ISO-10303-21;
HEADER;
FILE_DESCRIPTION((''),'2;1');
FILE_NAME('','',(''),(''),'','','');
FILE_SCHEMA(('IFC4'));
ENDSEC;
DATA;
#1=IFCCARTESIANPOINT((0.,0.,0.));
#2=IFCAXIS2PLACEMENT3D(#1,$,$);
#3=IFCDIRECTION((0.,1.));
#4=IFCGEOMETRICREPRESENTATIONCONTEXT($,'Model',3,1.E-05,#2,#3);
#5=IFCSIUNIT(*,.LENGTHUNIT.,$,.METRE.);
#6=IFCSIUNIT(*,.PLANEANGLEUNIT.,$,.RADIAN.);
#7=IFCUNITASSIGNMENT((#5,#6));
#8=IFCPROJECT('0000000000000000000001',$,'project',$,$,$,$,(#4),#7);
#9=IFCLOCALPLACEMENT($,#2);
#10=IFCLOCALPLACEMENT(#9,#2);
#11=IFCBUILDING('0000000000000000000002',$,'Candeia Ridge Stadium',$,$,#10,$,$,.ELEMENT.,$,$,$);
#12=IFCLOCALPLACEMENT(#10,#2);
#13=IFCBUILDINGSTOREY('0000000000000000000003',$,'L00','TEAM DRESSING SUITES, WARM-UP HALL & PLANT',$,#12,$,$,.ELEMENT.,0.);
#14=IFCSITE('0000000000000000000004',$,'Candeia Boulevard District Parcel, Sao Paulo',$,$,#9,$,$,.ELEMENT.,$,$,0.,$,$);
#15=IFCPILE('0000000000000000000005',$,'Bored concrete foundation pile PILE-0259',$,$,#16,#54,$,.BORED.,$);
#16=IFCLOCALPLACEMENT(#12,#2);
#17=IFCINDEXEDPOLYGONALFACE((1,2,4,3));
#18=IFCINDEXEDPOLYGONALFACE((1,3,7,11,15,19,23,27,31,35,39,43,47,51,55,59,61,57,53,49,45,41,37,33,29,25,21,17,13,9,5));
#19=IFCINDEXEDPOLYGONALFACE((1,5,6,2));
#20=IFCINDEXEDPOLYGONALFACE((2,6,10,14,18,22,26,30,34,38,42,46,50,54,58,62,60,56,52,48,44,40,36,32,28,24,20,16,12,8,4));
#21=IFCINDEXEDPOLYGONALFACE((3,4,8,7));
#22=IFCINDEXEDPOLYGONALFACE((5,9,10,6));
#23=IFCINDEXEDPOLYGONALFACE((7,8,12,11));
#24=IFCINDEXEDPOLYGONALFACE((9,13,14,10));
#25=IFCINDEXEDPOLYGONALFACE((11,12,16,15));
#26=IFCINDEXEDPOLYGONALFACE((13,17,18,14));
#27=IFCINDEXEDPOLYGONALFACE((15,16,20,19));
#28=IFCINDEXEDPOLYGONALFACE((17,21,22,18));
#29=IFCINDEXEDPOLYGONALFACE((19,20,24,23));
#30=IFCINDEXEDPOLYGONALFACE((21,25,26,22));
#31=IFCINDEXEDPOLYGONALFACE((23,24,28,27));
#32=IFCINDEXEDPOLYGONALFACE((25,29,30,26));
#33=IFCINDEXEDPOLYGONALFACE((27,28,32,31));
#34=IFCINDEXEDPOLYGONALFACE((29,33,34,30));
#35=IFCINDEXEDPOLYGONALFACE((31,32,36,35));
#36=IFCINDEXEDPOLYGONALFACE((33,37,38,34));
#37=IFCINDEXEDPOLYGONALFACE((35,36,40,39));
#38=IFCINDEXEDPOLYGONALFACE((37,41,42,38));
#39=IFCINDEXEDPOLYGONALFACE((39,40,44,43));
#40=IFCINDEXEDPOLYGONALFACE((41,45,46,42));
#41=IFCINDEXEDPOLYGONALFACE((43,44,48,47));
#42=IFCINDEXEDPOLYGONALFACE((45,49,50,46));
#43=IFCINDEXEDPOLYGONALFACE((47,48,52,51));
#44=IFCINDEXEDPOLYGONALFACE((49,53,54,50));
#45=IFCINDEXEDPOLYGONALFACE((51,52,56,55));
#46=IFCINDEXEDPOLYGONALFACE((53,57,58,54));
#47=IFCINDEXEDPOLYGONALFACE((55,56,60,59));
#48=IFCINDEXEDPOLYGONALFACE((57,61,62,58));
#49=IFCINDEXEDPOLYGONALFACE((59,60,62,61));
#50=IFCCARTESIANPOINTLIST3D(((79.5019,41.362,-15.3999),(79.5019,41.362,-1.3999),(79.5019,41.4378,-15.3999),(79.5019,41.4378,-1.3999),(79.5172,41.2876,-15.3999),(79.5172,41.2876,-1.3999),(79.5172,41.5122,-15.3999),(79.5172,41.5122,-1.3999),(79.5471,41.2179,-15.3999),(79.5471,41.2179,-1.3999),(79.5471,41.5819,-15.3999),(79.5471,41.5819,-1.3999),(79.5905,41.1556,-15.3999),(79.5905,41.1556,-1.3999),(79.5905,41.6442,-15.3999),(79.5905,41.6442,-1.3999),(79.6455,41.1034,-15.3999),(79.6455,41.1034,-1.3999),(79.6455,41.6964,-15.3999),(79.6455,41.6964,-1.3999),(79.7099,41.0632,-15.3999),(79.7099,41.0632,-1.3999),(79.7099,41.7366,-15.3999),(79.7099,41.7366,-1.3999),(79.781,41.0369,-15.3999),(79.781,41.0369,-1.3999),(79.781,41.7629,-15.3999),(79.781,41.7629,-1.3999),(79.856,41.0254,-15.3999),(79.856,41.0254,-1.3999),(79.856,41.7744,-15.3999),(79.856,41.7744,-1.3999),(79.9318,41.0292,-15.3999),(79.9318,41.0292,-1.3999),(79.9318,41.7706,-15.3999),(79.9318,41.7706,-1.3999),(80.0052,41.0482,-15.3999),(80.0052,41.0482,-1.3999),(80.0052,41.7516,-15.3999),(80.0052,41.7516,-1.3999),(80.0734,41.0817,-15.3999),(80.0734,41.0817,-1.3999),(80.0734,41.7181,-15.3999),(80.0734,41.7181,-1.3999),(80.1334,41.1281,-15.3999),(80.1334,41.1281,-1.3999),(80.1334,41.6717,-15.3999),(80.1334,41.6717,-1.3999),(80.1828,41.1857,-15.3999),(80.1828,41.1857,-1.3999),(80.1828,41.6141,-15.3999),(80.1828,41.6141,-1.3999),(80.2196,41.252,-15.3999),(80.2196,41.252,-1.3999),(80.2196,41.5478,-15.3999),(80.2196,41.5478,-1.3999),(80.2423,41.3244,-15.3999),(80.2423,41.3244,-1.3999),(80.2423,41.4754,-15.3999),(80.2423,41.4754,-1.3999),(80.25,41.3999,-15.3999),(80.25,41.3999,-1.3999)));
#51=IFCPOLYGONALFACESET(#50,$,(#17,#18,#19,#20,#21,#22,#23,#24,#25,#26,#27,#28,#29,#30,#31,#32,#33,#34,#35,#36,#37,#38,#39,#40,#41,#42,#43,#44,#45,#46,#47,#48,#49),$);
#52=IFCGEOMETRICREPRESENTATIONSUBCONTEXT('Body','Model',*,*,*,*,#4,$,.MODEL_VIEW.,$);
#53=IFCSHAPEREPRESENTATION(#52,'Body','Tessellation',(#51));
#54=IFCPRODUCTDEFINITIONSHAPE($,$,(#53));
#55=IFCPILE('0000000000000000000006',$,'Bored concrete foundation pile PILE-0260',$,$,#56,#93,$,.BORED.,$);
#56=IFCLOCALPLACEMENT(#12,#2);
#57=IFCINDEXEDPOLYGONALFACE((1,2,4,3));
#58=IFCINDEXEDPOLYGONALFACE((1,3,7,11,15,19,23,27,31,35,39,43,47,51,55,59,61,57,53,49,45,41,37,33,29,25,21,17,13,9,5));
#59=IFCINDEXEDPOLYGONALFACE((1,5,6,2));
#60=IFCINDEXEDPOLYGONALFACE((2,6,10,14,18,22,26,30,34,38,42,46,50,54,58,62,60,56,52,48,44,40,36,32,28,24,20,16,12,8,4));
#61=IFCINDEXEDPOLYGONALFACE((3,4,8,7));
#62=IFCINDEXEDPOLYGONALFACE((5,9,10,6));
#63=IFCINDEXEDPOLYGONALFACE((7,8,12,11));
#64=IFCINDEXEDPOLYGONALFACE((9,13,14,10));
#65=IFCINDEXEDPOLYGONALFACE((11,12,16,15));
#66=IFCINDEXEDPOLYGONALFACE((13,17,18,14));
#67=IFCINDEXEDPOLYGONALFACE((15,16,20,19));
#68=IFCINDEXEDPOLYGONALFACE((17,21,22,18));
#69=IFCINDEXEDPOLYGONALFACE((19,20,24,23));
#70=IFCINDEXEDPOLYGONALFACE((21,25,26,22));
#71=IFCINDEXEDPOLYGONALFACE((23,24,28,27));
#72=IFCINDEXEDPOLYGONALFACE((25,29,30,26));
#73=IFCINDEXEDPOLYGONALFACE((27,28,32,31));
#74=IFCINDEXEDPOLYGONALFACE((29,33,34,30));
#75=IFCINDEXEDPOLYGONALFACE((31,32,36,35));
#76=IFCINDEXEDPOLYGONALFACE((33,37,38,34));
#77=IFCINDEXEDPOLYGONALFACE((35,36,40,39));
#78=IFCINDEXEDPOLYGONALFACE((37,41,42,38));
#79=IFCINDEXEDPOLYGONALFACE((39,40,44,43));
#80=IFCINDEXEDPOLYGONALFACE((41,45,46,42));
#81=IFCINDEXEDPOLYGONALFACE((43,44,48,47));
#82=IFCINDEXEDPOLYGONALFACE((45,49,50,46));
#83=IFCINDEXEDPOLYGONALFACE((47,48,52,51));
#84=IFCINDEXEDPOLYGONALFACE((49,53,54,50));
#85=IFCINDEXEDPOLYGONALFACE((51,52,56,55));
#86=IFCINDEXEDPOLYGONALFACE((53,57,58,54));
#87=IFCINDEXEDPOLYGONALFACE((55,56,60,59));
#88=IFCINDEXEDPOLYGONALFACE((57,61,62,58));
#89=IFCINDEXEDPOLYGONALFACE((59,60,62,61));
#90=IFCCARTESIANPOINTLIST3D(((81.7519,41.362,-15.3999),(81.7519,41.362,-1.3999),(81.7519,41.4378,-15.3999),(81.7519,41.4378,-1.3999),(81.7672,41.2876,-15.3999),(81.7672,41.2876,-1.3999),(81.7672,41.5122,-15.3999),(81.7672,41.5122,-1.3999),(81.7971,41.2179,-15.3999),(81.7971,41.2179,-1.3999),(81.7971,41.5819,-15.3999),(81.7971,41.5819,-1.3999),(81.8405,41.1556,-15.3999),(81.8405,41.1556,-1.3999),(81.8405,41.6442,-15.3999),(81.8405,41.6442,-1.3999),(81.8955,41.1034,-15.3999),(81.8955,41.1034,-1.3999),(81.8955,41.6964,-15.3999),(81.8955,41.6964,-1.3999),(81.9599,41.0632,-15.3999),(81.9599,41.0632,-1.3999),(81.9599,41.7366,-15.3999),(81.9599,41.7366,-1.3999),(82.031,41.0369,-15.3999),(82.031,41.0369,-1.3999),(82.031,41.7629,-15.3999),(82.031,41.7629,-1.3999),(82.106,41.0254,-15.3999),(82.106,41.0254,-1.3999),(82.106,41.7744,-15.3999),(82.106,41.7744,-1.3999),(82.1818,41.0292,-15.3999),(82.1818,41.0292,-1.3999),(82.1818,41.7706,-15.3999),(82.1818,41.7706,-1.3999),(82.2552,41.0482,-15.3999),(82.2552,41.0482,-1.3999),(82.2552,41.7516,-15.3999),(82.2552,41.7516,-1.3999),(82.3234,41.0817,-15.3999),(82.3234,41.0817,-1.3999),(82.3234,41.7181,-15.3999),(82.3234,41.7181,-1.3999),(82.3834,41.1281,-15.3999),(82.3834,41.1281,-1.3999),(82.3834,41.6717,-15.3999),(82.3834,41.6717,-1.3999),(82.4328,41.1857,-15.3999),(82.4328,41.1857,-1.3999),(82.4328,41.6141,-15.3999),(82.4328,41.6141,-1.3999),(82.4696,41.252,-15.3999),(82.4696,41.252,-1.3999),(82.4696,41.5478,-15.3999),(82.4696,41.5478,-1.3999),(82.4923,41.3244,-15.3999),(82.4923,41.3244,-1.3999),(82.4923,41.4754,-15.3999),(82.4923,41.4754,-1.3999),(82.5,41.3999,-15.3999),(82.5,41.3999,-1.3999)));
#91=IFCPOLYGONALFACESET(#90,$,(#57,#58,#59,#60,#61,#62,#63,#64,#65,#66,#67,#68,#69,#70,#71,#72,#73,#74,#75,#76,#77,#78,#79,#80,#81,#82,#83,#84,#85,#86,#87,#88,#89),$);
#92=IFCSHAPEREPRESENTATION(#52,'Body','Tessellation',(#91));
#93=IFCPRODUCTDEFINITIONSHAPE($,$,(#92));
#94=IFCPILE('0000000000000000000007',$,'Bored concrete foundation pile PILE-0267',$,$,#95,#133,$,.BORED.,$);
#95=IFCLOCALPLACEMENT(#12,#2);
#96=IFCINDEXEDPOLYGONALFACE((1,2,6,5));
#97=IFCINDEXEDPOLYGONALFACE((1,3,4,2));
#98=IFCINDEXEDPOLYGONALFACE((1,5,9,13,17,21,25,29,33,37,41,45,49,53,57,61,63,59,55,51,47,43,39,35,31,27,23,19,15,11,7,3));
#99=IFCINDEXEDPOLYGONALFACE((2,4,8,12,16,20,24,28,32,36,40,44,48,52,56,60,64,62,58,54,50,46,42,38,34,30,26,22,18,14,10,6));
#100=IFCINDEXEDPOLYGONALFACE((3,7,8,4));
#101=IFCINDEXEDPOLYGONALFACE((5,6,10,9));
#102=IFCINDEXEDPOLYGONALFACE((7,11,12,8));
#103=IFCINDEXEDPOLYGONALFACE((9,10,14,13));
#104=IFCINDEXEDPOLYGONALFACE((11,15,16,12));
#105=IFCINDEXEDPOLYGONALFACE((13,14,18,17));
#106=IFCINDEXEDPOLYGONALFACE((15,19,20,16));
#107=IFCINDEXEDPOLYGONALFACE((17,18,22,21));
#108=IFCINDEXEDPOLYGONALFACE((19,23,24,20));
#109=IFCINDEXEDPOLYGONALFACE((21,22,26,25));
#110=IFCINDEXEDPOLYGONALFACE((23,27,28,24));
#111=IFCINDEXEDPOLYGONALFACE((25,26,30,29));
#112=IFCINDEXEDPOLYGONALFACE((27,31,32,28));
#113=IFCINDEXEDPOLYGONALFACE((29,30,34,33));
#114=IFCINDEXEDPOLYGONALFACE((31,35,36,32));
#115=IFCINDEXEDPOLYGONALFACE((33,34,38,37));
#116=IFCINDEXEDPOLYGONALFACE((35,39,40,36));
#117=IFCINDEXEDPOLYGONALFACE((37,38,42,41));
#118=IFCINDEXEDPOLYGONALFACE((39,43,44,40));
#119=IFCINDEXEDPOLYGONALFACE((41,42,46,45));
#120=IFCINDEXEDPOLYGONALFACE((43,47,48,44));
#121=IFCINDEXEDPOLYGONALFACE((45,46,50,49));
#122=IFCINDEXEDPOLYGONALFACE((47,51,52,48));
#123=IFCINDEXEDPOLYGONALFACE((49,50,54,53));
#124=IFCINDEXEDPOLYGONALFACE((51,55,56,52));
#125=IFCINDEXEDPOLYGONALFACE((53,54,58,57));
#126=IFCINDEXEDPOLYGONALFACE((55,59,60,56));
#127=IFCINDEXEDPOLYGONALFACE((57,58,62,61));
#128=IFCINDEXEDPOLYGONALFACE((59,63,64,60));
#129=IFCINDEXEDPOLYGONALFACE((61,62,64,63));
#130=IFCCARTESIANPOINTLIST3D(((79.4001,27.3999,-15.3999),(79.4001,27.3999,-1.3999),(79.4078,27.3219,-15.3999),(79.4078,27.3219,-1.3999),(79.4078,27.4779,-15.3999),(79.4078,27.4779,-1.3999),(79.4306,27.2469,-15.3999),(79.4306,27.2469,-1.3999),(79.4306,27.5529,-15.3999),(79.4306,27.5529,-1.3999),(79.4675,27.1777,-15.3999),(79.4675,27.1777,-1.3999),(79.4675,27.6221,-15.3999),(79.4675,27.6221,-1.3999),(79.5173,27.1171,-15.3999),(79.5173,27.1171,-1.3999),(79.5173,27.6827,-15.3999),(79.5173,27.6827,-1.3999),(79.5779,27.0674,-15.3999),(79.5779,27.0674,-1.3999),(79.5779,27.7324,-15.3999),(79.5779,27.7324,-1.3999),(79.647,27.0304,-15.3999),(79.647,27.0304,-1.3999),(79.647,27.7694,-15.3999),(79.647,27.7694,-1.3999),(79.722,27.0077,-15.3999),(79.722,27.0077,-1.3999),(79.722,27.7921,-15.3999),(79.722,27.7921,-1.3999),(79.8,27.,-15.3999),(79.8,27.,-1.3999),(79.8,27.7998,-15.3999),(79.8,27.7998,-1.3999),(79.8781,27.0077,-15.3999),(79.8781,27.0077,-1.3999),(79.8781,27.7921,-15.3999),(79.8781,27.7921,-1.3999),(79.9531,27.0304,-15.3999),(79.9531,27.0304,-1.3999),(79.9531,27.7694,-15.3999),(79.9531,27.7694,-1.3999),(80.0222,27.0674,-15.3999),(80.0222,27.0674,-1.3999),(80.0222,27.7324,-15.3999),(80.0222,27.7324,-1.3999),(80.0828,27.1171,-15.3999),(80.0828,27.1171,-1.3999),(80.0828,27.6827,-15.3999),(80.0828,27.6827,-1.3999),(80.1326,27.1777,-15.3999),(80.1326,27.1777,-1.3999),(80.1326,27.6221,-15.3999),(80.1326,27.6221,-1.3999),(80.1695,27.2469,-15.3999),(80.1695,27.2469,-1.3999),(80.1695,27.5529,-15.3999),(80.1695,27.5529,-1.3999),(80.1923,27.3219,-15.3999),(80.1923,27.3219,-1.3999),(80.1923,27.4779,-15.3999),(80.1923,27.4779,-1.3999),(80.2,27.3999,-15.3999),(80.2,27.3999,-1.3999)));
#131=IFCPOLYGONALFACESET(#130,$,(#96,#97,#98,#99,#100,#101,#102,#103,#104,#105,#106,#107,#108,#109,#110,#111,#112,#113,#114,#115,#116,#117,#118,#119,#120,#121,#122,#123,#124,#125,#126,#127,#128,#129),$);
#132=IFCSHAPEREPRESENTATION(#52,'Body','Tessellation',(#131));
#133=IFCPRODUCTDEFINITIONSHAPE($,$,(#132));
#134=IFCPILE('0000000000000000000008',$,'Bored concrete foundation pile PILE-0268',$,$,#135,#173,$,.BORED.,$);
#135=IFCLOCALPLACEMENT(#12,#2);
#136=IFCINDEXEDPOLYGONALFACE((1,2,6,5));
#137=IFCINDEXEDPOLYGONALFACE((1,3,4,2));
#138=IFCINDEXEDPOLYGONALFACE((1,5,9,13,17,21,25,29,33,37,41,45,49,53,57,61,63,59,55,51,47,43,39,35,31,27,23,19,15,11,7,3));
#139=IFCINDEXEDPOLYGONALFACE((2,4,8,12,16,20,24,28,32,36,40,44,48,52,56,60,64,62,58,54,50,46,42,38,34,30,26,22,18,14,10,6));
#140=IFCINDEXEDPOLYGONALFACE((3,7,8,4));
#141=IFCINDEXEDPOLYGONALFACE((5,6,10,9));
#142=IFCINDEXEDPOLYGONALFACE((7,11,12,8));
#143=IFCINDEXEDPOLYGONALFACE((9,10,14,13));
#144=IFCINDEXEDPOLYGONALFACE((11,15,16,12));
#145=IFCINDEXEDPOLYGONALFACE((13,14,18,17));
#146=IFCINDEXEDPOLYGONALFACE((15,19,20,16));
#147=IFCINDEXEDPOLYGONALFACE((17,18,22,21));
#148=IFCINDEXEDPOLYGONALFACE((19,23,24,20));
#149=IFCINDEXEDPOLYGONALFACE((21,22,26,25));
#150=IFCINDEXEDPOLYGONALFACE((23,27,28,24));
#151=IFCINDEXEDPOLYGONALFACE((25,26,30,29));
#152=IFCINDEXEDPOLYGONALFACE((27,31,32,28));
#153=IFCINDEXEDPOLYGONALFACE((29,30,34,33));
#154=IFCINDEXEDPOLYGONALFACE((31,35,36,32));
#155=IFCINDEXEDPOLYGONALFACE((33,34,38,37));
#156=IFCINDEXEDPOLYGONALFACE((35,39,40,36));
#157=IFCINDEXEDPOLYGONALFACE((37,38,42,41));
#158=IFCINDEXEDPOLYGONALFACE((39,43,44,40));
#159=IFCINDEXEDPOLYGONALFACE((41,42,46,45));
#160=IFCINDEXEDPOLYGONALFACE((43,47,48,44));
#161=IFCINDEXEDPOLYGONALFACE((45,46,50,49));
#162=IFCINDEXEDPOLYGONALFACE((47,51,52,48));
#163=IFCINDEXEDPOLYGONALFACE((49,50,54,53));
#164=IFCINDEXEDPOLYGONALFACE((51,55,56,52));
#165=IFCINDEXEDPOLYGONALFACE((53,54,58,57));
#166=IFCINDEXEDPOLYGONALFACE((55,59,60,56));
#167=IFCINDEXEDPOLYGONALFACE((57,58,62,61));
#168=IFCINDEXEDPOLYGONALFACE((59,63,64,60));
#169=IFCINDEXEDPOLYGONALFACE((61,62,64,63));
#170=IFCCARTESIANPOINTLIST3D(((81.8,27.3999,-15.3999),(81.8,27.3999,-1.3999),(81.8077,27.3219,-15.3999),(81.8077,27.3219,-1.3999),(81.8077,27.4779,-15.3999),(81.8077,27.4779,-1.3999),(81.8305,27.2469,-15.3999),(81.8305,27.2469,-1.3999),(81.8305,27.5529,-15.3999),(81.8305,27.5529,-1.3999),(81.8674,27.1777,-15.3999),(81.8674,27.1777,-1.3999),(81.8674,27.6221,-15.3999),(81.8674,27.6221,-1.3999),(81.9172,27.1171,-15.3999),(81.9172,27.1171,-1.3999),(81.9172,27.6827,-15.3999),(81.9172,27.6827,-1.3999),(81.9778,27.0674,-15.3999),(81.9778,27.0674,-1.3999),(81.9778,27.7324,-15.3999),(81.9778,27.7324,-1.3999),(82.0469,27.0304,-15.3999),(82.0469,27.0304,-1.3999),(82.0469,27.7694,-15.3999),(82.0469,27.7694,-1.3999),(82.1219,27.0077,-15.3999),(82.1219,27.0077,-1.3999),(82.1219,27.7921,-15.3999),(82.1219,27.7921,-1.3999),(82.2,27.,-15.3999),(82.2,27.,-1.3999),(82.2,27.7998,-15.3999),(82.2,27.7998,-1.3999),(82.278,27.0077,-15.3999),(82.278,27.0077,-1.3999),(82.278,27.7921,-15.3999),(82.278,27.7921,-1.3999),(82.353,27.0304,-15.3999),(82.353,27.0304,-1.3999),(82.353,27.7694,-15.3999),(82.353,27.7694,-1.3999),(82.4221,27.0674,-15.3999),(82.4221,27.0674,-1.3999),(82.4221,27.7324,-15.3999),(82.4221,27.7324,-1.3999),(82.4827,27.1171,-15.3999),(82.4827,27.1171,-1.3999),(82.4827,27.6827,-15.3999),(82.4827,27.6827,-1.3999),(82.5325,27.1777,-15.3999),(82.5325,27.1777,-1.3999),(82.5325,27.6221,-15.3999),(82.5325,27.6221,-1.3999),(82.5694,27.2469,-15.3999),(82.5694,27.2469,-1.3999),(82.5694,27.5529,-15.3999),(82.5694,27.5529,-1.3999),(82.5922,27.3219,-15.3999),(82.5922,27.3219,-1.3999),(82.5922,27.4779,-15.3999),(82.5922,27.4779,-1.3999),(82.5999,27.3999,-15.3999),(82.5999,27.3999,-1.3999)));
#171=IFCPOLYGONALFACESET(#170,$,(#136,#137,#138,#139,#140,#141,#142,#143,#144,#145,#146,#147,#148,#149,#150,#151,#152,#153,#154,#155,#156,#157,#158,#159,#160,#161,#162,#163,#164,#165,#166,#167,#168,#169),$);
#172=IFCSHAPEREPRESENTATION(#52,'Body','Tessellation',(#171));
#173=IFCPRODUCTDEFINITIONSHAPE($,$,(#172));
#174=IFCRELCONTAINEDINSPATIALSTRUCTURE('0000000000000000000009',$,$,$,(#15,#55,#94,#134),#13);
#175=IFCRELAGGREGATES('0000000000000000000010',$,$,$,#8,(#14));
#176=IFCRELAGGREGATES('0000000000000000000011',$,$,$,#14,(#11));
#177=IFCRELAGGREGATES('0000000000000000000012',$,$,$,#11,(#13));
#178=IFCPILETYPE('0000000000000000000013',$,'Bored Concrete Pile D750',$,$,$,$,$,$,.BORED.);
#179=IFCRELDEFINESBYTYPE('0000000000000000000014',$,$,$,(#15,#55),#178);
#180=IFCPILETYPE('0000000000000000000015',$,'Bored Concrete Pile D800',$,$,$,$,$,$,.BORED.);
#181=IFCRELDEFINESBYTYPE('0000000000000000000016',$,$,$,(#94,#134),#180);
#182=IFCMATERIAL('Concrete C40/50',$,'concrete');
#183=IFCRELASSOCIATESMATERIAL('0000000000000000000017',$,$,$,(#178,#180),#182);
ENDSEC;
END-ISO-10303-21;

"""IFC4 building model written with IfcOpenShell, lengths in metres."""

from ifc_helpers import new_model, si_unit, direction, frame, origin, origin_2d, place, context, subcontext, project, spatial, circle, extrude, material, material_profile, profile_set, type_object, element, save


model = new_model("IFC4")

# Units and contexts
model_context = context("Model", 3, precision=1e-05, world=origin(), true_north=direction((0.0, 1.0)))
body_context = subcontext(model_context, "Body", "Model", "MODEL_VIEW")
ifc_project = project(units=[si_unit("LENGTHUNIT", "METRE"), si_unit("PLANEANGLEUNIT", "RADIAN")], contexts=[model_context])

# Site, building, storey
site_placement = place(None, origin())
site = spatial("IfcSite", under=ifc_project, at=site_placement, Name="Candeia Boulevard District Parcel, Sao Paulo", CompositionType="ELEMENT", RefElevation=0.0)
building_placement = place(site_placement, origin())
building = spatial("IfcBuilding", under=site, at=building_placement, Name="Candeia Ridge Stadium", CompositionType="ELEMENT")
storey_placement = place(building_placement, origin())
storey = spatial("IfcBuildingStorey", under=building, at=storey_placement, Name="L00", Description="TEAM DRESSING SUITES, WARM-UP HALL & PLANT", CompositionType="ELEMENT", Elevation=0.0)

# Piles
ifc_material_1 = material(Name="Concrete C40/50", Category="concrete")
ifc_material_profile_1 = material_profile(ifc_material_1, circle(Radius=0.375, at=origin_2d()), Name="PILE-D750", Category="concrete")
ifc_profile_set_1 = profile_set([ifc_material_profile_1], Name="Concrete C40/50")
pile_type_1 = type_object("IfcPileType", Name="Bored Concrete Pile D750", PredefinedType="BORED", material=ifc_profile_set_1)
for number, where, z_axis, x_axis, name in (
    (1, (79.875, 41.3999, -1.3999), (0.0, 0.0, -1.0), (1.0, 0.0, 0.0), "Bored concrete foundation pile PILE-0259"),
    (2, (82.125, 41.3999, -1.3999), (0.0, 0.0, -1.0), (1.0, 0.0, 0.0), "Bored concrete foundation pile PILE-0260"),
):
    element("IfcPile", number, at=place(storey_placement, frame(where, z_axis=z_axis, x_axis=x_axis)), inside=storey, type_object=pile_type_1, Name=name, PredefinedType="BORED", context=body_context, shape_type="SweptSolid", body=[
        extrude(circle(Radius=0.375, at=origin_2d()), origin(), (0.0, 0.0, 1.0), 14.0),
    ])
ifc_material_profile_2 = material_profile(ifc_material_1, circle(Radius=0.3999, at=origin_2d()), Name="PILE-D800", Category="concrete")
ifc_profile_set_2 = profile_set([ifc_material_profile_2], Name="Concrete C40/50")
pile_type_2 = type_object("IfcPileType", Name="Bored Concrete Pile D800", PredefinedType="BORED", material=ifc_profile_set_2)
for number, where, z_axis, x_axis, name in (
    (3, (79.8, 27.3999, -1.3999), (0.0, 0.0, -1.0), (1.0, 0.0, 0.0), "Bored concrete foundation pile PILE-0267"),
    (4, (82.2, 27.3999, -1.3999), (0.0, 0.0, -1.0), (1.0, 0.0, 0.0), "Bored concrete foundation pile PILE-0268"),
):
    element("IfcPile", number, at=place(storey_placement, frame(where, z_axis=z_axis, x_axis=x_axis)), inside=storey, type_object=pile_type_2, Name=name, PredefinedType="BORED", context=body_context, shape_type="SweptSolid", body=[
        extrude(circle(Radius=0.3999, at=origin_2d()), origin(), (0.0, 0.0, 1.0), 14.0),
    ])

save(model, "model.ifc")
